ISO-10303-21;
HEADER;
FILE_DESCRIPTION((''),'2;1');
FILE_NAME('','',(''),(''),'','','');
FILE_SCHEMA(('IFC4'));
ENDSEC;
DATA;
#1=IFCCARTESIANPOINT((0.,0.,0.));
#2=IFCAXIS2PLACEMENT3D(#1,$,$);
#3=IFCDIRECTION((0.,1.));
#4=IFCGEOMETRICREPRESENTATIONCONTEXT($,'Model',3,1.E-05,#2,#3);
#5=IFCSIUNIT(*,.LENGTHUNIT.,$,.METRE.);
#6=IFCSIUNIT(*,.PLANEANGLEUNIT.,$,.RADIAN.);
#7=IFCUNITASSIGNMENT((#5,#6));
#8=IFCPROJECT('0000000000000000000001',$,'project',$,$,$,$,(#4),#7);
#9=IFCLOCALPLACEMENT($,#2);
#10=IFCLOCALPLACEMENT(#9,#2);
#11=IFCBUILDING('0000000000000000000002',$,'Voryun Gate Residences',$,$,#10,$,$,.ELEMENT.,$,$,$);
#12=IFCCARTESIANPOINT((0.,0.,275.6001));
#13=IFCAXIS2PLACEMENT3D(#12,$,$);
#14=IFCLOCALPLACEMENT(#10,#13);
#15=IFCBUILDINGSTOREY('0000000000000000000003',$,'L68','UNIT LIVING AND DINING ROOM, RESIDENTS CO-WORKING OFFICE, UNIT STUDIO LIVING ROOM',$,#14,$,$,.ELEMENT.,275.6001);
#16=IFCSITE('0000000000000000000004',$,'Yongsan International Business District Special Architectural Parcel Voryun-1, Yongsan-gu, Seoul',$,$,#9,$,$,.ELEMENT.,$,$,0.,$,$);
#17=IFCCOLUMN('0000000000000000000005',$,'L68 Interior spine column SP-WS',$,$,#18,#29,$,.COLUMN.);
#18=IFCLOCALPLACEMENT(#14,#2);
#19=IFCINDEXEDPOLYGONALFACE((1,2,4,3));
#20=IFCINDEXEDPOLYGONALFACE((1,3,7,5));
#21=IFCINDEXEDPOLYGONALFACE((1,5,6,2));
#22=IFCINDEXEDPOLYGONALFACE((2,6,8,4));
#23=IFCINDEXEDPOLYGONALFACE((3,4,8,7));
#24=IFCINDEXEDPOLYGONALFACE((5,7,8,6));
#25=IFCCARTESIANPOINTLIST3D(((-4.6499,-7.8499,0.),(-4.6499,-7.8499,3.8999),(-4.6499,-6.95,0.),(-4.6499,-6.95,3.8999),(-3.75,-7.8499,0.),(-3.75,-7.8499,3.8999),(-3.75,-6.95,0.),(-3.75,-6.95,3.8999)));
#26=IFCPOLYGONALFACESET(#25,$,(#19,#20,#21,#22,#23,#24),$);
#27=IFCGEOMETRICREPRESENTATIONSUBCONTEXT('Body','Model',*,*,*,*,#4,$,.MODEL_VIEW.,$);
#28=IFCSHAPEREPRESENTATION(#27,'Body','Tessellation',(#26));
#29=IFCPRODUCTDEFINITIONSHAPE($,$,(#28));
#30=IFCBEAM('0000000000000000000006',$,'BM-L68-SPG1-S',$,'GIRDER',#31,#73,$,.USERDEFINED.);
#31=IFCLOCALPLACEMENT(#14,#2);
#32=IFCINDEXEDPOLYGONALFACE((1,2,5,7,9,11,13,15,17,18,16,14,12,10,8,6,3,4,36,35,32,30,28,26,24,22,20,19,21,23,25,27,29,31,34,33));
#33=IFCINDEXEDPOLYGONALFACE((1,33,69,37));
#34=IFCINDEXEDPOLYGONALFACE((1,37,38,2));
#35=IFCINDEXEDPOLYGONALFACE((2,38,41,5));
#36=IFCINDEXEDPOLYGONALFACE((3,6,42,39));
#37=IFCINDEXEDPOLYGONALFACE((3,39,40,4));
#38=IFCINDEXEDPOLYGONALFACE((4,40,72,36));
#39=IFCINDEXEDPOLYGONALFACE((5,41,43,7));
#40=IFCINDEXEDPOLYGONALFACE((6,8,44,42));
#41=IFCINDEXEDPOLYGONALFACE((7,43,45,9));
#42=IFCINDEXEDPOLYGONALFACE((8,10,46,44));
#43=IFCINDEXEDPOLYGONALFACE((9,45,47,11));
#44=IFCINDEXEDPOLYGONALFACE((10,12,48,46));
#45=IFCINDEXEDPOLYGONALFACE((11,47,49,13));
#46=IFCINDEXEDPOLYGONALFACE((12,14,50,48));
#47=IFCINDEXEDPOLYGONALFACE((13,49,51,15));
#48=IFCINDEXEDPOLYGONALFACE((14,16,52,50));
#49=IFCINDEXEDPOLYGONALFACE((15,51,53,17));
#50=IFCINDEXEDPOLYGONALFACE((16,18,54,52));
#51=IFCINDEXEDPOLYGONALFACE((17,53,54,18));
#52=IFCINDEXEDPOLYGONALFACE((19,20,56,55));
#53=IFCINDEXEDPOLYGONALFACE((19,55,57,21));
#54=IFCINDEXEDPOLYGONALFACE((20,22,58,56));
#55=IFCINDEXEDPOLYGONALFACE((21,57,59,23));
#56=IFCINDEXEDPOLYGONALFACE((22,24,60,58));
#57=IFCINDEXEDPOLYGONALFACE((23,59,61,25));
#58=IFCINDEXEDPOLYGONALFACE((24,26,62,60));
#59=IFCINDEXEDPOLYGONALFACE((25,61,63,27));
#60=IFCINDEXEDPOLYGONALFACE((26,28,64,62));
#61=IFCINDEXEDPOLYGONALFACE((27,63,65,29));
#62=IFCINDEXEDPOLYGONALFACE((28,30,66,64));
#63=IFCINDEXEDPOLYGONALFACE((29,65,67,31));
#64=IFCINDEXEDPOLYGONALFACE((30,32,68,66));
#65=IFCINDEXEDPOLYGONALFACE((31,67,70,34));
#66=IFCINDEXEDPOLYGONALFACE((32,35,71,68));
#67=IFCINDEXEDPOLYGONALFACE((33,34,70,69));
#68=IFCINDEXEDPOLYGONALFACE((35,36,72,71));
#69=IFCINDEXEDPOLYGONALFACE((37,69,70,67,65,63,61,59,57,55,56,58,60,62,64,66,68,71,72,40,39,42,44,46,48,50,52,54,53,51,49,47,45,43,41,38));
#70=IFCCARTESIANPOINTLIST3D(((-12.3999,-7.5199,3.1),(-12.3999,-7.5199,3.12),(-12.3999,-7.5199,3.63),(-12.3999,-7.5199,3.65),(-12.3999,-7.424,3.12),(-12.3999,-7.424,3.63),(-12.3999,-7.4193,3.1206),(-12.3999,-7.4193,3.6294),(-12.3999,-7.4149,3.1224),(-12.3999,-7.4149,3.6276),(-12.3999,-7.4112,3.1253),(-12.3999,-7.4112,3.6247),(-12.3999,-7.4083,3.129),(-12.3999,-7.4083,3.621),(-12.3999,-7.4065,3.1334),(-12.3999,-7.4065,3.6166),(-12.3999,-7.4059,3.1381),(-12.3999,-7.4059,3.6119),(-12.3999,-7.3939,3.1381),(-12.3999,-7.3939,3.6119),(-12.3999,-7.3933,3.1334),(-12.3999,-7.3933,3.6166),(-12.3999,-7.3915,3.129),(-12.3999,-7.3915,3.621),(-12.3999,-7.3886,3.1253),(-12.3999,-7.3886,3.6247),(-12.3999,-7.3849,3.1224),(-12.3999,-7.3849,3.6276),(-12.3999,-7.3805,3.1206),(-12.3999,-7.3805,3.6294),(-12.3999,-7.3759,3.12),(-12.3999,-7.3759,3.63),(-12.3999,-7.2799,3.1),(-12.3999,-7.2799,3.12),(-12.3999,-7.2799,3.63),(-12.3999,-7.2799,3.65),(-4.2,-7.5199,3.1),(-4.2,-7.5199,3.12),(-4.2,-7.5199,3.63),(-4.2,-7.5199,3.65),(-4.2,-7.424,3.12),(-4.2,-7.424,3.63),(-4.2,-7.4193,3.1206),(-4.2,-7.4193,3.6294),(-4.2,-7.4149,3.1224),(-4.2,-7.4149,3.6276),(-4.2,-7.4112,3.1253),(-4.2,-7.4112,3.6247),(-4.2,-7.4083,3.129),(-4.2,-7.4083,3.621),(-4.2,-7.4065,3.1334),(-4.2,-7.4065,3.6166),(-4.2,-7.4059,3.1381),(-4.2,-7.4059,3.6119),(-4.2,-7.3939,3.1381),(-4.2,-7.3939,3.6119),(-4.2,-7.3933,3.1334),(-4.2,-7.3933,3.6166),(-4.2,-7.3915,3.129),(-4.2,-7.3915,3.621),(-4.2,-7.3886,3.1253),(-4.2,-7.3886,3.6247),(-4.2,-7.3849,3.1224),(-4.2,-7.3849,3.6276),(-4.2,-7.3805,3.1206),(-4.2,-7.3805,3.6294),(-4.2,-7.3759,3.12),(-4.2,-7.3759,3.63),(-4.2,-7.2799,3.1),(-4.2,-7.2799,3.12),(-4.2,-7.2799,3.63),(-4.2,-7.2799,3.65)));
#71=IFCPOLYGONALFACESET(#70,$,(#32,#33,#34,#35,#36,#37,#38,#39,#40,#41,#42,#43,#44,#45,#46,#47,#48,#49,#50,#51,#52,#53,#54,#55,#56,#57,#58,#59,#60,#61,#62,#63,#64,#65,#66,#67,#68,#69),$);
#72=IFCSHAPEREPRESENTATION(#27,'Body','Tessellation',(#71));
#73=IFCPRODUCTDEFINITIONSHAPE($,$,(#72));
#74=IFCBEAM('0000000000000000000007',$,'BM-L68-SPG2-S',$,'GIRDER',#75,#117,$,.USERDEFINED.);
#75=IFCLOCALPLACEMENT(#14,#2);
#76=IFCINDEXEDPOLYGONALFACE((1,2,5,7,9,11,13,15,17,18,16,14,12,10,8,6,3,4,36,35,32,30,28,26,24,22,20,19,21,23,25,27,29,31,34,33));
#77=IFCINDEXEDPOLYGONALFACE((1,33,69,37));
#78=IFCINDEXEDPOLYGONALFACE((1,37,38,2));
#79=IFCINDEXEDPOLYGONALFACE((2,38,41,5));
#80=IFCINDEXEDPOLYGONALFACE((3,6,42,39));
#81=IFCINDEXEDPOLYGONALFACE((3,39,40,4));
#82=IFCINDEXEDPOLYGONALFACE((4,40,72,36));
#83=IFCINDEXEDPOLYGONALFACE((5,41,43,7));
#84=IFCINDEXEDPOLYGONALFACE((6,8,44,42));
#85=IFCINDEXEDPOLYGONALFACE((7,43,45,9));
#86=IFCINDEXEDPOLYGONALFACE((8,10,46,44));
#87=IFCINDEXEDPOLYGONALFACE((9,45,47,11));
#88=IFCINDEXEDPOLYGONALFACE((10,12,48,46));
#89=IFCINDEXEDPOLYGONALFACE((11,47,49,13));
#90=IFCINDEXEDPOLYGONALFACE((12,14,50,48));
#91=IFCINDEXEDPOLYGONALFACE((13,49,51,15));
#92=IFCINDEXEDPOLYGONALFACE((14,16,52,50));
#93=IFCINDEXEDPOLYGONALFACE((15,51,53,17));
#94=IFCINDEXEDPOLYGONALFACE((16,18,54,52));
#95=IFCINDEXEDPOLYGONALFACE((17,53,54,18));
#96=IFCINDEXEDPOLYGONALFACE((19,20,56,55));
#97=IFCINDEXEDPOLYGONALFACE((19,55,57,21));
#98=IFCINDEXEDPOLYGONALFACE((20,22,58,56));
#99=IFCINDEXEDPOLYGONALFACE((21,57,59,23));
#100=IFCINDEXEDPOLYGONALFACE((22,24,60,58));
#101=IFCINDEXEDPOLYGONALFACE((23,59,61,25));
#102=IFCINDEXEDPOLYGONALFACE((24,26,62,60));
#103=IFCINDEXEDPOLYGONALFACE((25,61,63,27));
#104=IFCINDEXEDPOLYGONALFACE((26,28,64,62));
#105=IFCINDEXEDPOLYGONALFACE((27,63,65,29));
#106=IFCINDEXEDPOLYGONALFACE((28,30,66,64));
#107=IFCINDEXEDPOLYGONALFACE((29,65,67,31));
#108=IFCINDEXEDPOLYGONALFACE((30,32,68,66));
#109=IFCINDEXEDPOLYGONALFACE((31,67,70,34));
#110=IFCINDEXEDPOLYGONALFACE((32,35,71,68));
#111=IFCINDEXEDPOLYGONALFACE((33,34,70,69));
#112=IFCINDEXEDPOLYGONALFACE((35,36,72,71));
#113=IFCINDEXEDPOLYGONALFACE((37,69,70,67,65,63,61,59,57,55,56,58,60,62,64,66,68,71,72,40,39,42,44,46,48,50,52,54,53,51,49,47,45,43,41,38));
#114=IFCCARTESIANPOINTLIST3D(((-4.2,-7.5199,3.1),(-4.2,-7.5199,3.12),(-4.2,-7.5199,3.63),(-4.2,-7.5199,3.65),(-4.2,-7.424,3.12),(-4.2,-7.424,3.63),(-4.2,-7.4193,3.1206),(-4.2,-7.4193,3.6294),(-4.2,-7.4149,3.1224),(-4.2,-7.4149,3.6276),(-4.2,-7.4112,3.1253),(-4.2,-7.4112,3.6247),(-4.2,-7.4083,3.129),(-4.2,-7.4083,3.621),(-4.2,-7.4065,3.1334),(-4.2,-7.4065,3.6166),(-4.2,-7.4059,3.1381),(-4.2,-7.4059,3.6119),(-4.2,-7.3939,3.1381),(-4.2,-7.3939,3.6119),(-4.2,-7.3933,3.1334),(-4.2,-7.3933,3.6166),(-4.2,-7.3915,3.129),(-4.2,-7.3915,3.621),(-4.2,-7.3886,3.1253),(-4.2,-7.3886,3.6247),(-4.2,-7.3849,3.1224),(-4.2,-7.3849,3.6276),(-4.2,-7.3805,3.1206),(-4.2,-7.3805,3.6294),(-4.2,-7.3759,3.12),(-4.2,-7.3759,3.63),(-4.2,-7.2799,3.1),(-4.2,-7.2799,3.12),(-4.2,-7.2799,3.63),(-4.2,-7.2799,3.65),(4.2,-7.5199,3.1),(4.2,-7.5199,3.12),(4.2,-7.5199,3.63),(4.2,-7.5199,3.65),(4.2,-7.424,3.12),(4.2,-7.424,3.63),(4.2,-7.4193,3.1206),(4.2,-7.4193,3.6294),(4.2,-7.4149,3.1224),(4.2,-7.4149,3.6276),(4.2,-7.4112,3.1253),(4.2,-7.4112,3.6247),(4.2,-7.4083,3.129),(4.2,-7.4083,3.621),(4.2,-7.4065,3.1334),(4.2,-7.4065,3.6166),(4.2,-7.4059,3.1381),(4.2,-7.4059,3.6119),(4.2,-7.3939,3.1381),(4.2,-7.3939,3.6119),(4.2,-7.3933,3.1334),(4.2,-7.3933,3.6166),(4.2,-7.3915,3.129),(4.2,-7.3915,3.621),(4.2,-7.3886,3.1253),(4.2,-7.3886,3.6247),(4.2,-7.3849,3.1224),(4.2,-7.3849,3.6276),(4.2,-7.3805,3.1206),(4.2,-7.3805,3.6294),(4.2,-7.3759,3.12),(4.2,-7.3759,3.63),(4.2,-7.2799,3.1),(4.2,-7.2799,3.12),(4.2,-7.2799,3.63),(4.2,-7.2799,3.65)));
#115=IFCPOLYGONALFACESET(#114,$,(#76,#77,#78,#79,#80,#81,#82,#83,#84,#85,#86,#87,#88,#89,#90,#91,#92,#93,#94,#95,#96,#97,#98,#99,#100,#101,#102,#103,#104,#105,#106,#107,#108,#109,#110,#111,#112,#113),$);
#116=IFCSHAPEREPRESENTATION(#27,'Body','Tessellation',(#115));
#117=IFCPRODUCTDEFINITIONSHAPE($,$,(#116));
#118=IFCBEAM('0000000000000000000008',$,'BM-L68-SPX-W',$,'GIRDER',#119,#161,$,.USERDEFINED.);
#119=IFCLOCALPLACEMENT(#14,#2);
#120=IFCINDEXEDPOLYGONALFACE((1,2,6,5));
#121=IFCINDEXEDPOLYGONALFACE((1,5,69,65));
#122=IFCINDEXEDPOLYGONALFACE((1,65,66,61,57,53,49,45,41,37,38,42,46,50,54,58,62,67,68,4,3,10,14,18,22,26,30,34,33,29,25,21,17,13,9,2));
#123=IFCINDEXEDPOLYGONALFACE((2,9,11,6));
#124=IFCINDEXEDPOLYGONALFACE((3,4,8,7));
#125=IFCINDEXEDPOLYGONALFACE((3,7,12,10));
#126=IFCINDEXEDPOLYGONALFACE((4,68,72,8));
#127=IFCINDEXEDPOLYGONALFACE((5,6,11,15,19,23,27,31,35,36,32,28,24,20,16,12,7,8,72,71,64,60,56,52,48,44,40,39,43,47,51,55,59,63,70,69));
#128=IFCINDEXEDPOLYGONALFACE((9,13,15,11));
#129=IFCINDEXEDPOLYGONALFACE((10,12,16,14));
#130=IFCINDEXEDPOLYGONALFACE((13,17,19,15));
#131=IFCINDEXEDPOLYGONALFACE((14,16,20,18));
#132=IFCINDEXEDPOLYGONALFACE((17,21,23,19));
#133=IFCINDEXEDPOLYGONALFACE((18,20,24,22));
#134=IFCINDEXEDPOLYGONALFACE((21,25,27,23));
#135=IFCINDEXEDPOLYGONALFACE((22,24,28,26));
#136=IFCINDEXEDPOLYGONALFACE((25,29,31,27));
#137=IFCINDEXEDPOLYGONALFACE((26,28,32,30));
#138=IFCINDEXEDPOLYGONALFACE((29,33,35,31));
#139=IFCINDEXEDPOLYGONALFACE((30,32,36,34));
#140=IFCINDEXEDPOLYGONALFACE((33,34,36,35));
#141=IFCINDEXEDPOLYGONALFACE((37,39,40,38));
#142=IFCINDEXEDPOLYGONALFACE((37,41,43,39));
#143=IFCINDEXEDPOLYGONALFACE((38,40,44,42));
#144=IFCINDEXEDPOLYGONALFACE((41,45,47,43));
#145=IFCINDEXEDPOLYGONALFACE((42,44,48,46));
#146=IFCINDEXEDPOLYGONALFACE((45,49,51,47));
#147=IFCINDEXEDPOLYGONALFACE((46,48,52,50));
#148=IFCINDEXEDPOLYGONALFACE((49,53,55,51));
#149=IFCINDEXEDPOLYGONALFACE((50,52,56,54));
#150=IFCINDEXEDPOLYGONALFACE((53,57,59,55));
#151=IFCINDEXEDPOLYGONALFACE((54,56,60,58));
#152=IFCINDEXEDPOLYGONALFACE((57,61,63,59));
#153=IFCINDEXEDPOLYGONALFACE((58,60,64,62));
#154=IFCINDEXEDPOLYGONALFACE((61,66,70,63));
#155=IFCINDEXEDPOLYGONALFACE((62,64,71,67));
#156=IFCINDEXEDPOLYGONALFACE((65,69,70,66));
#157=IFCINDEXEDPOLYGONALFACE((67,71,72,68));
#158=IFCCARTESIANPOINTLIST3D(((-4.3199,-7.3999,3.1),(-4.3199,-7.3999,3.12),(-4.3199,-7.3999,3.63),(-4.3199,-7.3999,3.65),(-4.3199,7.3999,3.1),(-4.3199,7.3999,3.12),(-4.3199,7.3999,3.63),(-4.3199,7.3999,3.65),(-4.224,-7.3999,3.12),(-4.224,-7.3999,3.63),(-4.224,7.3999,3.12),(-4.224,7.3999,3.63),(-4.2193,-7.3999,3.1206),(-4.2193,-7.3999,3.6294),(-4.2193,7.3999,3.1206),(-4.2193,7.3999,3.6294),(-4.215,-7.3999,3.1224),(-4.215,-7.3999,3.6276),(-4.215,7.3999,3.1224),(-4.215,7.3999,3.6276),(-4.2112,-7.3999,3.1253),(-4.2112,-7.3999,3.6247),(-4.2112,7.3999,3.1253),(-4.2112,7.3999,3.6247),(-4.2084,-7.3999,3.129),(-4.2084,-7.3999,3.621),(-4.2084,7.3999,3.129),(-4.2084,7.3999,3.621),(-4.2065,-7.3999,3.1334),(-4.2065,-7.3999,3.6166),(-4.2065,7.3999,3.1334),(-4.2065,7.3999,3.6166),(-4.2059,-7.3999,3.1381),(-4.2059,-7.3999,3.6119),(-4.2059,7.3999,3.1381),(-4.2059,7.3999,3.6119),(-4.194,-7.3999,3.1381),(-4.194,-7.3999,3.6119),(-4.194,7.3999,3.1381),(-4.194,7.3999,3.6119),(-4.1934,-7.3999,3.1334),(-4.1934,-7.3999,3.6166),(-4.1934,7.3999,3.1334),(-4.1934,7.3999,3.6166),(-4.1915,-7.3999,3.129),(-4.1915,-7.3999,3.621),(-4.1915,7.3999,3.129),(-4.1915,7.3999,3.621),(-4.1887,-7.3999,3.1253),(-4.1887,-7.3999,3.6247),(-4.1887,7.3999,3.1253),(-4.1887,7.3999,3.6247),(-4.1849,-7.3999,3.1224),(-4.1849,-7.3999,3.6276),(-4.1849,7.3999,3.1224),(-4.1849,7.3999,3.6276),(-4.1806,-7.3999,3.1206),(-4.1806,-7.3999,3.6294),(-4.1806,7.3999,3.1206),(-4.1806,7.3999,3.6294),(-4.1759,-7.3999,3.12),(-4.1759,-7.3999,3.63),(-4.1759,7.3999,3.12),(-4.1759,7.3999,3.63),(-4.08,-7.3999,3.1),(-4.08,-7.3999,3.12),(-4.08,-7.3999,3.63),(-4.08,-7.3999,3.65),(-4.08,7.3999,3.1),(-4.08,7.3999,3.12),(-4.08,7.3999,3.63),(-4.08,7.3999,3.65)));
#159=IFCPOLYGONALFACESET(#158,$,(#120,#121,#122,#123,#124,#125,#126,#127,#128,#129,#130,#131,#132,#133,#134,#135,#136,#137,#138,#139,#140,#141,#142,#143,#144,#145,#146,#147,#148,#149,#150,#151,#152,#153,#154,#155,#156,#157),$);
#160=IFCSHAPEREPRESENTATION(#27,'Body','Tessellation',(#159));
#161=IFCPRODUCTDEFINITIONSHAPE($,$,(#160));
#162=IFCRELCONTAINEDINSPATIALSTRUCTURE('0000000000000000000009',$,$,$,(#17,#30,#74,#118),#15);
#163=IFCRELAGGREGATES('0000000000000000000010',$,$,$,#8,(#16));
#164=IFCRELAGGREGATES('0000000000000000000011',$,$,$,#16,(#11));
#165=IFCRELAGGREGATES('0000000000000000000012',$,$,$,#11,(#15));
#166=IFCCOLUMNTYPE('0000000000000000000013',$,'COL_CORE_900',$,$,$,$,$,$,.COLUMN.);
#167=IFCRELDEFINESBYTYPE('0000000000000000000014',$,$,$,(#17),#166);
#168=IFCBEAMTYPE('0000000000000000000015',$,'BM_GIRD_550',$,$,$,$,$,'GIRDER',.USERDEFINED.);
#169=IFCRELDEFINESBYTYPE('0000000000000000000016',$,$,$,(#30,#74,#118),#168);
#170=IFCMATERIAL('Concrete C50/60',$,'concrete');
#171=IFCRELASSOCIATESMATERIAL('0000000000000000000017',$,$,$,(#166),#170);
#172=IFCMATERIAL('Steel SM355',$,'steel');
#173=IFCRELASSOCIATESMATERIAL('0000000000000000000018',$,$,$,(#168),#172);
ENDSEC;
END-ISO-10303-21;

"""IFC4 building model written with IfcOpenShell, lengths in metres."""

from ifc_helpers import new_model, si_unit, direction, frame, origin, origin_2d, place, context, subcontext, project, spatial, rectangle, i_section, extrude, material, material_profile, profile_set, type_object, element, save


model = new_model("IFC4")

# Units and contexts
model_context = context("Model", 3, precision=1e-05, world=origin(), true_north=direction((0.0, 1.0)))
body_context = subcontext(model_context, "Body", "Model", "MODEL_VIEW")
ifc_project = project(units=[si_unit("LENGTHUNIT", "METRE"), si_unit("PLANEANGLEUNIT", "RADIAN")], contexts=[model_context])

# Site, building, storey
site_placement = place(None, origin())
site = spatial("IfcSite", under=ifc_project, at=site_placement, Name="Yongsan International Business District Special Architectural Parcel Voryun-1, Yongsan-gu, Seoul", CompositionType="ELEMENT", RefElevation=0.0)
building_placement = place(site_placement, origin())
building = spatial("IfcBuilding", under=site, at=building_placement, Name="Voryun Gate Residences", CompositionType="ELEMENT")
storey_placement = place(building_placement, frame((0.0, 0.0, 275.6001)))
storey = spatial("IfcBuildingStorey", under=building, at=storey_placement, Name="L68", Description="UNIT LIVING AND DINING ROOM, RESIDENTS CO-WORKING OFFICE, UNIT STUDIO LIVING ROOM", CompositionType="ELEMENT", Elevation=275.6001)

# Column
ifc_material_1 = material(Name="Concrete C50/60", Category="concrete")
ifc_material_profile_1 = material_profile(ifc_material_1, rectangle(XDim=0.8999, YDim=0.8999, at=origin_2d()), Name="RC-900x900")
ifc_profile_set_1 = profile_set([ifc_material_profile_1], Name="Concrete C50/60")
column_type = type_object("IfcColumnType", Name="COL_CORE_900", PredefinedType="COLUMN", material=ifc_profile_set_1)
column_placement = place(storey_placement, frame((-4.2, -7.3999, 0.0), z_axis=(0.0, 0.0, 1.0), x_axis=(1.0, 0.0, 0.0)))
element("IfcColumn", 1, at=column_placement, inside=storey, type_object=column_type, Name="L68 Interior spine column SP-WS", PredefinedType="COLUMN", context=body_context, shape_type="SweptSolid", body=[
    extrude(rectangle(XDim=0.8999, YDim=0.8999, at=origin_2d()), origin(), (0.0, 0.0, 1.0), 3.8999),
])

# Beams
ifc_material_2 = material(Name="Steel SM355", Category="steel")
ifc_material_profile_2 = material_profile(ifc_material_2, i_section(OverallWidth=0.24, OverallDepth=0.55, WebThickness=0.012, FlangeThickness=0.02, FilletRadius=0.0181, at=origin_2d()), Name="H-550x240x12x20")
ifc_profile_set_2 = profile_set([ifc_material_profile_2], Name="Steel SM355")
beam_type_1 = type_object("IfcBeamType", Name="BM_GIRD_550", ElementType="GIRDER", PredefinedType="USERDEFINED", material=ifc_profile_set_2)
beam_1_placement = place(storey_placement, frame((-12.3999, -7.3999, 3.375), z_axis=(1.0, 0.0, 0.0), x_axis=(0.0, 1.0, 0.0)))
element("IfcBeam", 2, at=beam_1_placement, inside=storey, type_object=beam_type_1, Name="BM-L68-SPG1-S", ObjectType="GIRDER", PredefinedType="USERDEFINED", context=body_context, shape_type="SweptSolid", body=[
    extrude(i_section(OverallWidth=0.24, OverallDepth=0.55, WebThickness=0.012, FlangeThickness=0.02, FilletRadius=0.0181, at=origin_2d()), origin(), (0.0, 0.0, 1.0), 8.2),
])
beam_2_placement = place(storey_placement, frame((-4.2, -7.3999, 3.375), z_axis=(1.0, 0.0, 0.0), x_axis=(0.0, 1.0, 0.0)))
element("IfcBeam", 3, at=beam_2_placement, inside=storey, type_object=beam_type_1, Name="BM-L68-SPG2-S", ObjectType="GIRDER", PredefinedType="USERDEFINED", context=body_context, shape_type="SweptSolid", body=[
    extrude(i_section(OverallWidth=0.24, OverallDepth=0.55, WebThickness=0.012, FlangeThickness=0.02, FilletRadius=0.0181, at=origin_2d()), origin(), (0.0, 0.0, 1.0), 8.3999),
])
beam_3_placement = place(storey_placement, frame((-4.2, -7.3999, 3.375), z_axis=(0.0, 1.0, 0.0), x_axis=(-1.0, 0.0, 0.0)))
element("IfcBeam", 4, at=beam_3_placement, inside=storey, type_object=beam_type_1, Name="BM-L68-SPX-W", ObjectType="GIRDER", PredefinedType="USERDEFINED", context=body_context, shape_type="SweptSolid", body=[
    extrude(i_section(OverallWidth=0.24, OverallDepth=0.55, WebThickness=0.012, FlangeThickness=0.02, FilletRadius=0.0181, at=origin_2d()), origin(), (0.0, 0.0, 1.0), 14.7998),
])

save(model, "model.ifc")
